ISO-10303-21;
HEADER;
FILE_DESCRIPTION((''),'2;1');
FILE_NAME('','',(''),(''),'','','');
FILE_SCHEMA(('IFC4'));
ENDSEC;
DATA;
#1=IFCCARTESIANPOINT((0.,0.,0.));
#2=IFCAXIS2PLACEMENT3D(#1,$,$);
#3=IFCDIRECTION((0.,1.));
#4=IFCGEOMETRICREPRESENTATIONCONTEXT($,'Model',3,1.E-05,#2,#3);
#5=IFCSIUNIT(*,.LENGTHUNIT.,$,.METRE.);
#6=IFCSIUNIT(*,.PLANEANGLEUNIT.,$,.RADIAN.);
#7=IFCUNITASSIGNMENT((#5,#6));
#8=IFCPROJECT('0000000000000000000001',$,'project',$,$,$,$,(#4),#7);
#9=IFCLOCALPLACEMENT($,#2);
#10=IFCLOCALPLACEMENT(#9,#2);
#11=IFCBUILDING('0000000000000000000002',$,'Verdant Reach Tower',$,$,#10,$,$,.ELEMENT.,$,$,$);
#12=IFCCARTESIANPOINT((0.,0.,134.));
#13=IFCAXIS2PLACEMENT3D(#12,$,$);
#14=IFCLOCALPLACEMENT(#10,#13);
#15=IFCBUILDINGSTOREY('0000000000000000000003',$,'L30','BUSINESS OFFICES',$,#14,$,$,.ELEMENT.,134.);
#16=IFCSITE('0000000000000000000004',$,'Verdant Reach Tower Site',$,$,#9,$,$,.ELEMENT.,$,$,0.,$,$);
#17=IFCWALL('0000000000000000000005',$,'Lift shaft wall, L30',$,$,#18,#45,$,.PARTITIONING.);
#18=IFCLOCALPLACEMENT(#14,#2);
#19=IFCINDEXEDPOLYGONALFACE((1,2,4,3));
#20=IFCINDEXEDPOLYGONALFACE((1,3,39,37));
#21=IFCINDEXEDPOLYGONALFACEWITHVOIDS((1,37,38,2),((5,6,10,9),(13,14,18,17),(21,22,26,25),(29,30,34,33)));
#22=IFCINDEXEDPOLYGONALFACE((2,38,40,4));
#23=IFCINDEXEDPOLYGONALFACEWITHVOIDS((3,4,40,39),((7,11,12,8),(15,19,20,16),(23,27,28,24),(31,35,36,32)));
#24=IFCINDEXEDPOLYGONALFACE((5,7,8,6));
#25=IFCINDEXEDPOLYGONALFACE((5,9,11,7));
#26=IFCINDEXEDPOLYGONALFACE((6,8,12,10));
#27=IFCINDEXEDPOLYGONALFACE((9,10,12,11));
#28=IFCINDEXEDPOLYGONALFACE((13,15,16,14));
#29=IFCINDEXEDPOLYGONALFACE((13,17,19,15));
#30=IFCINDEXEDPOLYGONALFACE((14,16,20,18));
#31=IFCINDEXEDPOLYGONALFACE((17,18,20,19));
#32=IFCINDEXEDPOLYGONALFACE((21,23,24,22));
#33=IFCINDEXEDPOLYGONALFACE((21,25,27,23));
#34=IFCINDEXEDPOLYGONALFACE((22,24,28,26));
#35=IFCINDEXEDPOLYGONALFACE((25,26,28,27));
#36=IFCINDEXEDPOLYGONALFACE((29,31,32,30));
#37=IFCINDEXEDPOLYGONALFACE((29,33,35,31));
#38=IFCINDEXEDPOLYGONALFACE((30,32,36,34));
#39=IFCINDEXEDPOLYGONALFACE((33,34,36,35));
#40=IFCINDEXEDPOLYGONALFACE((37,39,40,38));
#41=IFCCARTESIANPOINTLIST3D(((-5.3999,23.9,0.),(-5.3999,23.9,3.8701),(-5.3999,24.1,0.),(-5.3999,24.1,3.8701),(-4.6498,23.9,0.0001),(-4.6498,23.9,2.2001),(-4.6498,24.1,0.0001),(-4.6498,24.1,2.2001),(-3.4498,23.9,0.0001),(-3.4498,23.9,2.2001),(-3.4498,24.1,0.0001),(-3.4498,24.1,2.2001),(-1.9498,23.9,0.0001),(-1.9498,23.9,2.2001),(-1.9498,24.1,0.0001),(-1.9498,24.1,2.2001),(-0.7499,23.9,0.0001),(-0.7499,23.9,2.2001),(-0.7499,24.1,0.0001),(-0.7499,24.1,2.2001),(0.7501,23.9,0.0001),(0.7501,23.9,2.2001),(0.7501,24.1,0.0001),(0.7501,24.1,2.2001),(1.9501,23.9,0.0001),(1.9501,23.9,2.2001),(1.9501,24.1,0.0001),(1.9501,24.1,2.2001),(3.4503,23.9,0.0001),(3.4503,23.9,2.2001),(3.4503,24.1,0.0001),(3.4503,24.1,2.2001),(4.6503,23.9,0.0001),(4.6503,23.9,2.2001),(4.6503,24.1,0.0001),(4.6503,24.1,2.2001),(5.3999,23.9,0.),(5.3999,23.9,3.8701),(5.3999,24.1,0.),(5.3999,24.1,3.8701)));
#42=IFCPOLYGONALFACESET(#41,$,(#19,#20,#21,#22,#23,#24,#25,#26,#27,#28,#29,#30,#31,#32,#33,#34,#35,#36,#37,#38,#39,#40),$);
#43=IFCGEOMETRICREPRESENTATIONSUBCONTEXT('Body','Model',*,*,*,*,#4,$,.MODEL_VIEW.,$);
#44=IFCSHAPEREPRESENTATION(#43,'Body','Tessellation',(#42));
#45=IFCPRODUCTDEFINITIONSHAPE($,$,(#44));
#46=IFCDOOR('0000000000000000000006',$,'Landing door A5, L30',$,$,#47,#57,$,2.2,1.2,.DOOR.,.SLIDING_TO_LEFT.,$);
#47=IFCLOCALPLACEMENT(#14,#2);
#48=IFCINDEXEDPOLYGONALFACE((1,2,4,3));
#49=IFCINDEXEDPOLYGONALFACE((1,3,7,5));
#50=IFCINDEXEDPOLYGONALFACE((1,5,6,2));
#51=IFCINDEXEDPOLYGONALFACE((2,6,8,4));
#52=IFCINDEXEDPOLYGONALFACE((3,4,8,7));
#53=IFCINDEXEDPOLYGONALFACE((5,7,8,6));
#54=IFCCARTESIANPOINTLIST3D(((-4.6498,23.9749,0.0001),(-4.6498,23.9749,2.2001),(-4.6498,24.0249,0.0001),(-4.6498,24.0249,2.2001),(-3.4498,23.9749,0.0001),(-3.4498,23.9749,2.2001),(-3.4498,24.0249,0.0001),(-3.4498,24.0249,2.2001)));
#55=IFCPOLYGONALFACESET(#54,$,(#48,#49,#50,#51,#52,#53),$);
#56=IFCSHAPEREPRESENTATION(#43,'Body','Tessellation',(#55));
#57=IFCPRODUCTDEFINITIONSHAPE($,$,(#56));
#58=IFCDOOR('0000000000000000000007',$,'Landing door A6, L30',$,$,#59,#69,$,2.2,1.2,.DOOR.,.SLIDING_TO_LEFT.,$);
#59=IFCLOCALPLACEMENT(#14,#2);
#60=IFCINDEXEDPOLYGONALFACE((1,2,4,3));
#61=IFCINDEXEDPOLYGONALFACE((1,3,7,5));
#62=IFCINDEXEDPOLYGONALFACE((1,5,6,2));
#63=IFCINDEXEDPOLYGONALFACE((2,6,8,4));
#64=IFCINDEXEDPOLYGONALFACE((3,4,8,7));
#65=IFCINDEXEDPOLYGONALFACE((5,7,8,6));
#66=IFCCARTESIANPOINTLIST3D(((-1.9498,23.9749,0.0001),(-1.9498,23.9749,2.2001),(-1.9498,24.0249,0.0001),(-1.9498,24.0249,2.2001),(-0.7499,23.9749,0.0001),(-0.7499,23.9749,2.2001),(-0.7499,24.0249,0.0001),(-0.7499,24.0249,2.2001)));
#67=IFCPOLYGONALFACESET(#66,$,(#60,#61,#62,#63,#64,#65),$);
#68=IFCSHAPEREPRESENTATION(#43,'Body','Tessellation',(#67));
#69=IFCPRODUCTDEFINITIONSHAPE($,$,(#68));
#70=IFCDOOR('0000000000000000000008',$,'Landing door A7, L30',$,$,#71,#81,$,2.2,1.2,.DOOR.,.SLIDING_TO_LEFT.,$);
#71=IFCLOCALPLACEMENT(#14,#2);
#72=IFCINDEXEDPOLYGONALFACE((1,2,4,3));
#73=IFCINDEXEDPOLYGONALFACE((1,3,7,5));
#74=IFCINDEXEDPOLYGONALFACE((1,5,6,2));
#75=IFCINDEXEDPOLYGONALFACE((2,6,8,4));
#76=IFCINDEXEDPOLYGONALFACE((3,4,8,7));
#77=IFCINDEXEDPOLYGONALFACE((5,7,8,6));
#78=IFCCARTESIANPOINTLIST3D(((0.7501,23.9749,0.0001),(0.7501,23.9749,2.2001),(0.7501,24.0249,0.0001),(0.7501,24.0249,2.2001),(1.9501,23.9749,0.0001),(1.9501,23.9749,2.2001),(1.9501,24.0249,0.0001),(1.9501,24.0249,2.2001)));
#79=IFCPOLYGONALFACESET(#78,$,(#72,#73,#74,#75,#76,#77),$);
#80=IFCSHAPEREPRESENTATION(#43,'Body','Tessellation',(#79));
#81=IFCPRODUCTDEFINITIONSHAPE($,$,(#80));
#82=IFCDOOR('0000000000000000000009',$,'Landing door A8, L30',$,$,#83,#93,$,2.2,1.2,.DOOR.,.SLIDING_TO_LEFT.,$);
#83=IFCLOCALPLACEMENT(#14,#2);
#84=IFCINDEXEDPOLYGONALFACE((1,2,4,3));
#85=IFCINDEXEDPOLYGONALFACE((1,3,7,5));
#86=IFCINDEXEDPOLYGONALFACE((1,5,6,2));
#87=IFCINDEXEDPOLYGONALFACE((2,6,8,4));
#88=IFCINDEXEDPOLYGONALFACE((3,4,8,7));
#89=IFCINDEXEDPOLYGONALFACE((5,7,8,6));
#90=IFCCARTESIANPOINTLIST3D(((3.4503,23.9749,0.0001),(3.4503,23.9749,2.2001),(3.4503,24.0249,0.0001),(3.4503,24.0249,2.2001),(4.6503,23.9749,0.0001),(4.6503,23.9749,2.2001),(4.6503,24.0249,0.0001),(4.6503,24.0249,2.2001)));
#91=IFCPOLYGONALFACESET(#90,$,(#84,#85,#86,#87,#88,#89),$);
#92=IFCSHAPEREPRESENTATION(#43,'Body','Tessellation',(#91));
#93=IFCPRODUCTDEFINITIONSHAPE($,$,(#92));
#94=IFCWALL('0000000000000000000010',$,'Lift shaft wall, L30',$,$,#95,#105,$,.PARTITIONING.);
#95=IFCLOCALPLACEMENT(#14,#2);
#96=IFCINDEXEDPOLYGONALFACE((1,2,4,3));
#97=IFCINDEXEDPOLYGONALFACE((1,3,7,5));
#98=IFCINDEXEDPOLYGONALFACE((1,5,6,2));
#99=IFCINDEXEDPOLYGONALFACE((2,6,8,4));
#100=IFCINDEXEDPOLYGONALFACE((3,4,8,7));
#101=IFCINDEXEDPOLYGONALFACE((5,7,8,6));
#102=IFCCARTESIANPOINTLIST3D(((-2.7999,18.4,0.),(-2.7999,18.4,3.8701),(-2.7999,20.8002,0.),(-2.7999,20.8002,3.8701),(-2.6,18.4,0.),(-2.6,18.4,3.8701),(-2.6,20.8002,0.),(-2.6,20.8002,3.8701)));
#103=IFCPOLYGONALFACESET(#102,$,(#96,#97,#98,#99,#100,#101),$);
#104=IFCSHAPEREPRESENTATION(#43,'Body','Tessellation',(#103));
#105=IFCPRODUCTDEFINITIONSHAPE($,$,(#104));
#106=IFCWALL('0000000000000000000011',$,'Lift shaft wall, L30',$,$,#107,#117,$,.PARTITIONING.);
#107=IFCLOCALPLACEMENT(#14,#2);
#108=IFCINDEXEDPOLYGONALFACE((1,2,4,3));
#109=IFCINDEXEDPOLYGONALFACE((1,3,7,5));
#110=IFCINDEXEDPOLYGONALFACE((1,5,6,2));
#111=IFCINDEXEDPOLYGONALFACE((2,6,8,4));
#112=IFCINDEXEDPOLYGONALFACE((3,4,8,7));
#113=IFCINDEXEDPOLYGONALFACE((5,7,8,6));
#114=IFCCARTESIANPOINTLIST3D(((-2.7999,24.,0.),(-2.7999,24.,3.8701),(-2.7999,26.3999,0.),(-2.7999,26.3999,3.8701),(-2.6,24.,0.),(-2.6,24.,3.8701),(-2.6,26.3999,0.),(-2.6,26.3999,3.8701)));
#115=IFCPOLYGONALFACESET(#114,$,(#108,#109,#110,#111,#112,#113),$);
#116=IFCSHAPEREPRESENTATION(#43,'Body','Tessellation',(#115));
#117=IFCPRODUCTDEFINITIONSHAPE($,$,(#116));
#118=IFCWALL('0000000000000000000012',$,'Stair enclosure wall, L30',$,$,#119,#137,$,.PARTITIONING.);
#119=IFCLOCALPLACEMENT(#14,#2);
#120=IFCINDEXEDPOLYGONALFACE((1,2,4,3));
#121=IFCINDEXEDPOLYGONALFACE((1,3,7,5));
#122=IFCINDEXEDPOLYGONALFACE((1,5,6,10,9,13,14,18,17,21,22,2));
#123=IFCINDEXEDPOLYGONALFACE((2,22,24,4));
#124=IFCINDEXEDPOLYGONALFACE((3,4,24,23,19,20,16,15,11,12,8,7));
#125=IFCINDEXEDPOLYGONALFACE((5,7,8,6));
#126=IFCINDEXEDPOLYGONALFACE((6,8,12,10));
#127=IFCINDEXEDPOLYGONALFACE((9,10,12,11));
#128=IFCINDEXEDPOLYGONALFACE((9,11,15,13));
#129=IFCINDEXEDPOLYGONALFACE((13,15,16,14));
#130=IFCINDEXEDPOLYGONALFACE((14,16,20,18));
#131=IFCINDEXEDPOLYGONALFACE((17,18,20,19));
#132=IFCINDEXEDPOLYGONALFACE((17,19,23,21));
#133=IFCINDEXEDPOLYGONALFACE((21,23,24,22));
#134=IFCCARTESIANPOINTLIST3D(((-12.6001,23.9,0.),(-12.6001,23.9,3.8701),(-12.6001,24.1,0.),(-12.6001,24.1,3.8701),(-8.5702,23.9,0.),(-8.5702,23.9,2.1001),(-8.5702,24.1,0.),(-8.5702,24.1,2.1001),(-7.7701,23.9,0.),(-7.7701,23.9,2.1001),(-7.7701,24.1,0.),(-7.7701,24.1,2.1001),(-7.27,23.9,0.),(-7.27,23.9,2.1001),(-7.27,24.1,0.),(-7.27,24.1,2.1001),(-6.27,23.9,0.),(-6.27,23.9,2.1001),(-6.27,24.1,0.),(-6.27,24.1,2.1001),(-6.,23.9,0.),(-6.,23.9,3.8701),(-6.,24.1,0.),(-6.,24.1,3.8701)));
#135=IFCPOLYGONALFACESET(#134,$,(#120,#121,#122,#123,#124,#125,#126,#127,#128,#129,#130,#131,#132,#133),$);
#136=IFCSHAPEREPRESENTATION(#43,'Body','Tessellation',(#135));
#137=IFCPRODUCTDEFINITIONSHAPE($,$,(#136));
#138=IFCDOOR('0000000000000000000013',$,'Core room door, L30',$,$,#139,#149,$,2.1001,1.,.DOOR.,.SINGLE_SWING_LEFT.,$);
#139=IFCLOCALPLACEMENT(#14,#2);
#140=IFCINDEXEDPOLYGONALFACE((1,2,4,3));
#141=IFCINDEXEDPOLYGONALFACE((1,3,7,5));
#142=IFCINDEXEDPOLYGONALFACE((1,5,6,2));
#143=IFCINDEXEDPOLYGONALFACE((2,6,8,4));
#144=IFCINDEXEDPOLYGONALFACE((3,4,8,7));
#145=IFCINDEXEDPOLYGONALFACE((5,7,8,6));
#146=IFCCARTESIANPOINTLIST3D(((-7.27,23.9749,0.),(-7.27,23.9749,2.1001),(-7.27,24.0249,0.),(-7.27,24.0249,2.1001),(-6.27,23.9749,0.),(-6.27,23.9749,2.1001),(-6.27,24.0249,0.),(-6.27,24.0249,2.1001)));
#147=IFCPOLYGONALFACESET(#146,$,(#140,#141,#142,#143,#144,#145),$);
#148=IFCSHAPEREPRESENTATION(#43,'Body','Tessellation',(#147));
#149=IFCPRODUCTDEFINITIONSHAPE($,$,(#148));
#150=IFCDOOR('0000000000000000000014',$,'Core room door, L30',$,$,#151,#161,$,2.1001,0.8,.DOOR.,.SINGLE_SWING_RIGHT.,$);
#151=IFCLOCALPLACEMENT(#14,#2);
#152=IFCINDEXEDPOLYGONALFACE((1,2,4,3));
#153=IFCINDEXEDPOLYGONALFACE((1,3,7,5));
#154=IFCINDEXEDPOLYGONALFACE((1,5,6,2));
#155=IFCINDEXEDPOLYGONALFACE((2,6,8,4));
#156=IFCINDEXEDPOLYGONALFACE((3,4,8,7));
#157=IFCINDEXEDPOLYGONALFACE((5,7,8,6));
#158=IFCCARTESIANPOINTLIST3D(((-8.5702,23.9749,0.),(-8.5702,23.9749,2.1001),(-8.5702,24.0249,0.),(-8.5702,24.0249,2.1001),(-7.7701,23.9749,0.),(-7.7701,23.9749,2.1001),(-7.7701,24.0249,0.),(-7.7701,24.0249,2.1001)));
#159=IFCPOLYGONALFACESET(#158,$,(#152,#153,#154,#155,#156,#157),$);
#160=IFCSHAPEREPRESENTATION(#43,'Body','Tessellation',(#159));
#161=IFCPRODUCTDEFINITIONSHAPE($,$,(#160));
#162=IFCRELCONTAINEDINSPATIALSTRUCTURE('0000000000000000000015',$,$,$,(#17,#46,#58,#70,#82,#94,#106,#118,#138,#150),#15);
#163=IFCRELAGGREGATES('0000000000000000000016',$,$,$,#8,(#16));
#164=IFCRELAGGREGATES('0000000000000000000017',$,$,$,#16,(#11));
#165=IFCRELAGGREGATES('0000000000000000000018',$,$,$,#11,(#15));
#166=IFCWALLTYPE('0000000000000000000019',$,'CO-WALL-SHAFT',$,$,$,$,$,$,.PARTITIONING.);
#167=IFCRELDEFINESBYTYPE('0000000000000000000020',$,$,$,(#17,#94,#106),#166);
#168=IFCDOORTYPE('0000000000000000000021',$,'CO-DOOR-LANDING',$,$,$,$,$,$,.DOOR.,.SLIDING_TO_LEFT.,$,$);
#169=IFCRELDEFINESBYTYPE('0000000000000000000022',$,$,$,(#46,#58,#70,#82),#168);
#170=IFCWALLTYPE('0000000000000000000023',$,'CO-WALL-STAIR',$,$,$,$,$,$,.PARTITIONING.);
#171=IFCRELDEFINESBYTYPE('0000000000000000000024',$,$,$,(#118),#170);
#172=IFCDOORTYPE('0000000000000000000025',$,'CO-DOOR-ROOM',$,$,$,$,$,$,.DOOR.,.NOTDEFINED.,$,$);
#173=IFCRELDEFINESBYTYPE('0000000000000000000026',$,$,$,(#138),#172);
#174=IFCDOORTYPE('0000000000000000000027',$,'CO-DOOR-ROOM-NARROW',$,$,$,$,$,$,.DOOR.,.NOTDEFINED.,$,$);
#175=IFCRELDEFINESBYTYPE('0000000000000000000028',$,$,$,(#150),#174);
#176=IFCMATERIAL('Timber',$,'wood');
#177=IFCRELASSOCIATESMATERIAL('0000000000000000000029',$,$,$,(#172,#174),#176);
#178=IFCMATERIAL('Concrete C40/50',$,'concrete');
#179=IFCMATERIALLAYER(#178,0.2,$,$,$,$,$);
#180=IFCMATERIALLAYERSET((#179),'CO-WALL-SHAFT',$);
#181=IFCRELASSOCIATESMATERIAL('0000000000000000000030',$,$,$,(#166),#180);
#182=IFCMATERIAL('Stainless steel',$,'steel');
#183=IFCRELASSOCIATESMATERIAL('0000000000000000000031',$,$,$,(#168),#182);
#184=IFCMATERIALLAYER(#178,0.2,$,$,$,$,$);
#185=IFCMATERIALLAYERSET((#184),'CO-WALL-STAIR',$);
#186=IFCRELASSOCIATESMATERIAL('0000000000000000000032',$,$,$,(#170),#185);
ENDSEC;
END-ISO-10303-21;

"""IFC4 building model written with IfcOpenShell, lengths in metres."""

from ifc_helpers import new_model, si_unit, direction, frame, frame_2d, origin, place, context, subcontext, project, spatial, rectangle, extrude, material, layer, layer_set, type_object, element, fill, save


model = new_model("IFC4")

# Units and contexts
model_context = context("Model", 3, precision=1e-05, world=origin(), true_north=direction((0.0, 1.0)))
body_context = subcontext(model_context, "Body", "Model", "MODEL_VIEW")
ifc_project = project(units=[si_unit("LENGTHUNIT", "METRE"), si_unit("PLANEANGLEUNIT", "RADIAN")], contexts=[model_context])

# Site, building, storey
site_placement = place(None, origin())
site = spatial("IfcSite", under=ifc_project, at=site_placement, Name="Verdant Reach Tower Site", CompositionType="ELEMENT", RefElevation=0.0)
building_placement = place(site_placement, origin())
building = spatial("IfcBuilding", under=site, at=building_placement, Name="Verdant Reach Tower", CompositionType="ELEMENT")
storey_placement = place(building_placement, frame((0.0, 0.0, 134.0)))
storey = spatial("IfcBuildingStorey", under=building, at=storey_placement, Name="L30", Description="BUSINESS OFFICES", CompositionType="ELEMENT", Elevation=134.0)

# Shared definitions
ifc_material_1 = material(Name="Timber", Category="wood")
door_type_1 = type_object("IfcDoorType", Name="CO-DOOR-ROOM", OperationType="NOTDEFINED", PredefinedType="DOOR", material=ifc_material_1)

# Wall, openings, doors
ifc_material_2 = material(Name="Concrete C40/50", Category="concrete")
ifc_layer_1 = layer(ifc_material_2, 0.2)
ifc_layer_set_1 = layer_set([ifc_layer_1], Name="CO-WALL-SHAFT")
wall_type_1 = type_object("IfcWallType", Name="CO-WALL-SHAFT", PredefinedType="PARTITIONING", material=ifc_layer_set_1)
ifc_material_3 = material(Name="Stainless steel", Category="steel")
door_type_2 = type_object("IfcDoorType", Name="CO-DOOR-LANDING", OperationType="SLIDING_TO_LEFT", PredefinedType="DOOR", material=ifc_material_3)
wall_1_placement = place(storey_placement, frame((-5.3999, 24.0, 0.0), z_axis=(0.0, 0.0, 1.0), x_axis=(1.0, 0.0, 0.0)))
wall_1 = element("IfcWall", 1, at=wall_1_placement, inside=storey, type_object=wall_type_1, Name="Lift shaft wall, L30", PredefinedType="PARTITIONING", context=body_context, shape_type="SweptSolid", body=[
    extrude(rectangle(XDim=10.7998, YDim=0.2, at=frame_2d((5.3999, 0.0))), origin(), (0.0, 0.0, 1.0), 3.8701),
])
opening_1_placement = place(wall_1_placement, frame((0.75, 0.0, 0.0)))
opening_1 = element("IfcOpeningElement", 2, at=opening_1_placement, cuts=wall_1, PredefinedType="OPENING", context=body_context, shape_type="SweptSolid", body=[
    extrude(rectangle(XDim=1.2, YDim=2.2, at=frame_2d((0.6001, 1.1001))), frame((0.0, 0.1099, 0.0), z_axis=(0.0, -1.0, 0.0), x_axis=(1.0, 0.0, 0.0)), (0.0, 0.0, 1.0), 0.22),
])
opening_2_placement = place(wall_1_placement, frame((3.45, 0.0, 0.0)))
opening_2 = element("IfcOpeningElement", 3, at=opening_2_placement, cuts=wall_1, PredefinedType="OPENING", context=body_context, shape_type="SweptSolid", body=[
    extrude(rectangle(XDim=1.2, YDim=2.2, at=frame_2d((0.6001, 1.1001))), frame((0.0, 0.1099, 0.0), z_axis=(0.0, -1.0, 0.0), x_axis=(1.0, 0.0, 0.0)), (0.0, 0.0, 1.0), 0.22),
])
opening_3_placement = place(wall_1_placement, frame((6.1499, 0.0, 0.0)))
opening_3 = element("IfcOpeningElement", 4, at=opening_3_placement, cuts=wall_1, PredefinedType="OPENING", context=body_context, shape_type="SweptSolid", body=[
    extrude(rectangle(XDim=1.2, YDim=2.2, at=frame_2d((0.6001, 1.1001))), frame((0.0, 0.1099, 0.0), z_axis=(0.0, -1.0, 0.0), x_axis=(1.0, 0.0, 0.0)), (0.0, 0.0, 1.0), 0.22),
])
opening_4_placement = place(wall_1_placement, frame((8.8501, 0.0, 0.0)))
opening_4 = element("IfcOpeningElement", 5, at=opening_4_placement, cuts=wall_1, PredefinedType="OPENING", context=body_context, shape_type="SweptSolid", body=[
    extrude(rectangle(XDim=1.2, YDim=2.2, at=frame_2d((0.6001, 1.1001))), frame((0.0, 0.1099, 0.0), z_axis=(0.0, -1.0, 0.0), x_axis=(1.0, 0.0, 0.0)), (0.0, 0.0, 1.0), 0.22),
])
door_1_placement = place(opening_1_placement, origin())
door_1 = element("IfcDoor", 6, at=door_1_placement, inside=storey, type_object=door_type_2, Name="Landing door A5, L30", OperationType="SLIDING_TO_LEFT", OverallHeight=2.2, OverallWidth=1.2, PredefinedType="DOOR", context=body_context, shape_type="SweptSolid", body=[
    extrude(rectangle(XDim=1.2, YDim=2.2, at=frame_2d((0.6001, 1.1001))), frame((0.0, 0.0249, 0.0), z_axis=(0.0, -1.0, 0.0), x_axis=(1.0, 0.0, 0.0)), (0.0, 0.0, 1.0), 0.05),
])
fill(opening_1, door_1)
door_2_placement = place(opening_2_placement, origin())
door_2 = element("IfcDoor", 7, at=door_2_placement, inside=storey, type_object=door_type_2, Name="Landing door A6, L30", OperationType="SLIDING_TO_LEFT", OverallHeight=2.2, OverallWidth=1.2, PredefinedType="DOOR", context=body_context, shape_type="SweptSolid", body=[
    extrude(rectangle(XDim=1.2, YDim=2.2, at=frame_2d((0.6001, 1.1001))), frame((0.0, 0.0249, 0.0), z_axis=(0.0, -1.0, 0.0), x_axis=(1.0, 0.0, 0.0)), (0.0, 0.0, 1.0), 0.05),
])
fill(opening_2, door_2)
door_3_placement = place(opening_3_placement, origin())
door_3 = element("IfcDoor", 8, at=door_3_placement, inside=storey, type_object=door_type_2, Name="Landing door A7, L30", OperationType="SLIDING_TO_LEFT", OverallHeight=2.2, OverallWidth=1.2, PredefinedType="DOOR", context=body_context, shape_type="SweptSolid", body=[
    extrude(rectangle(XDim=1.2, YDim=2.2, at=frame_2d((0.6001, 1.1001))), frame((0.0, 0.0249, 0.0), z_axis=(0.0, -1.0, 0.0), x_axis=(1.0, 0.0, 0.0)), (0.0, 0.0, 1.0), 0.05),
])
fill(opening_3, door_3)
door_4_placement = place(opening_4_placement, origin())
door_4 = element("IfcDoor", 9, at=door_4_placement, inside=storey, type_object=door_type_2, Name="Landing door A8, L30", OperationType="SLIDING_TO_LEFT", OverallHeight=2.2, OverallWidth=1.2, PredefinedType="DOOR", context=body_context, shape_type="SweptSolid", body=[
    extrude(rectangle(XDim=1.2, YDim=2.2, at=frame_2d((0.6001, 1.1001))), frame((0.0, 0.0249, 0.0), z_axis=(0.0, -1.0, 0.0), x_axis=(1.0, 0.0, 0.0)), (0.0, 0.0, 1.0), 0.05),
])
fill(opening_4, door_4)

# Walls
wall_2_placement = place(storey_placement, frame((-2.7, 18.3999, 0.0), z_axis=(0.0, 0.0, 1.0), x_axis=(0.0, 1.0, 0.0)))
element("IfcWall", 10, at=wall_2_placement, inside=storey, type_object=wall_type_1, Name="Lift shaft wall, L30", PredefinedType="PARTITIONING", context=body_context, shape_type="SweptSolid", body=[
    extrude(rectangle(XDim=2.4001, YDim=0.2, at=frame_2d((1.2002, 0.0))), origin(), (0.0, 0.0, 1.0), 3.8701),
])
wall_3_placement = place(storey_placement, frame((-2.7, 24.0, 0.0), z_axis=(0.0, 0.0, 1.0), x_axis=(0.0, 1.0, 0.0)))
element("IfcWall", 11, at=wall_3_placement, inside=storey, type_object=wall_type_1, Name="Lift shaft wall, L30", PredefinedType="PARTITIONING", context=body_context, shape_type="SweptSolid", body=[
    extrude(rectangle(XDim=2.3999, YDim=0.2, at=frame_2d((1.2, 0.0))), origin(), (0.0, 0.0, 1.0), 3.8701),
])

# Wall, openings, doors
ifc_layer_2 = layer(ifc_material_2, 0.2)
ifc_layer_set_2 = layer_set([ifc_layer_2], Name="CO-WALL-STAIR")
wall_type_2 = type_object("IfcWallType", Name="CO-WALL-STAIR", PredefinedType="PARTITIONING", material=ifc_layer_set_2)
wall_4_placement = place(storey_placement, frame((-12.6001, 24.0, 0.0), z_axis=(0.0, 0.0, 1.0), x_axis=(1.0, 0.0, 0.0)))
wall_4 = element("IfcWall", 12, at=wall_4_placement, inside=storey, type_object=wall_type_2, Name="Stair enclosure wall, L30", PredefinedType="PARTITIONING", context=body_context, shape_type="SweptSolid", body=[
    extrude(rectangle(XDim=6.6001, YDim=0.2, at=frame_2d((3.3, 0.0))), origin(), (0.0, 0.0, 1.0), 3.8701),
])
opening_5_placement = place(wall_4_placement, frame((4.03, 0.0, 0.0)))
opening_5 = element("IfcOpeningElement", 13, at=opening_5_placement, cuts=wall_4, PredefinedType="OPENING", context=body_context, shape_type="SweptSolid", body=[
    extrude(rectangle(XDim=0.8, YDim=2.1001, at=frame_2d((0.3999, 1.05))), frame((0.0, 0.1099, 0.0), z_axis=(0.0, -1.0, 0.0), x_axis=(1.0, 0.0, 0.0)), (0.0, 0.0, 1.0), 0.22),
])
opening_6_placement = place(wall_4_placement, frame((5.3301, 0.0, 0.0)))
opening_6 = element("IfcOpeningElement", 14, at=opening_6_placement, cuts=wall_4, PredefinedType="OPENING", context=body_context, shape_type="SweptSolid", body=[
    extrude(rectangle(XDim=1.0, YDim=2.1001, at=frame_2d((0.5, 1.05))), frame((0.0, 0.1099, 0.0), z_axis=(0.0, -1.0, 0.0), x_axis=(1.0, 0.0, 0.0)), (0.0, 0.0, 1.0), 0.22),
])
door_5_placement = place(opening_6_placement, origin())
door_5 = element("IfcDoor", 15, at=door_5_placement, inside=storey, type_object=door_type_1, Name="Core room door, L30", OperationType="SINGLE_SWING_LEFT", OverallHeight=2.1001, OverallWidth=1.0, PredefinedType="DOOR", context=body_context, shape_type="SweptSolid", body=[
    extrude(rectangle(XDim=1.0, YDim=2.1001, at=frame_2d((0.5, 1.05))), frame((0.0, 0.0249, 0.0), z_axis=(0.0, -1.0, 0.0), x_axis=(1.0, 0.0, 0.0)), (0.0, 0.0, 1.0), 0.05),
])
fill(opening_6, door_5)
door_type_3 = type_object("IfcDoorType", Name="CO-DOOR-ROOM-NARROW", OperationType="NOTDEFINED", PredefinedType="DOOR", material=ifc_material_1)
door_6_placement = place(opening_5_placement, origin())
door_6 = element("IfcDoor", 16, at=door_6_placement, inside=storey, type_object=door_type_3, Name="Core room door, L30", OperationType="SINGLE_SWING_RIGHT", OverallHeight=2.1001, OverallWidth=0.8, PredefinedType="DOOR", context=body_context, shape_type="SweptSolid", body=[
    extrude(rectangle(XDim=0.8, YDim=2.1001, at=frame_2d((0.3999, 1.05))), frame((0.0, 0.0249, 0.0), z_axis=(0.0, -1.0, 0.0), x_axis=(1.0, 0.0, 0.0)), (0.0, 0.0, 1.0), 0.05),
])
fill(opening_5, door_6)

save(model, "model.ifc")
